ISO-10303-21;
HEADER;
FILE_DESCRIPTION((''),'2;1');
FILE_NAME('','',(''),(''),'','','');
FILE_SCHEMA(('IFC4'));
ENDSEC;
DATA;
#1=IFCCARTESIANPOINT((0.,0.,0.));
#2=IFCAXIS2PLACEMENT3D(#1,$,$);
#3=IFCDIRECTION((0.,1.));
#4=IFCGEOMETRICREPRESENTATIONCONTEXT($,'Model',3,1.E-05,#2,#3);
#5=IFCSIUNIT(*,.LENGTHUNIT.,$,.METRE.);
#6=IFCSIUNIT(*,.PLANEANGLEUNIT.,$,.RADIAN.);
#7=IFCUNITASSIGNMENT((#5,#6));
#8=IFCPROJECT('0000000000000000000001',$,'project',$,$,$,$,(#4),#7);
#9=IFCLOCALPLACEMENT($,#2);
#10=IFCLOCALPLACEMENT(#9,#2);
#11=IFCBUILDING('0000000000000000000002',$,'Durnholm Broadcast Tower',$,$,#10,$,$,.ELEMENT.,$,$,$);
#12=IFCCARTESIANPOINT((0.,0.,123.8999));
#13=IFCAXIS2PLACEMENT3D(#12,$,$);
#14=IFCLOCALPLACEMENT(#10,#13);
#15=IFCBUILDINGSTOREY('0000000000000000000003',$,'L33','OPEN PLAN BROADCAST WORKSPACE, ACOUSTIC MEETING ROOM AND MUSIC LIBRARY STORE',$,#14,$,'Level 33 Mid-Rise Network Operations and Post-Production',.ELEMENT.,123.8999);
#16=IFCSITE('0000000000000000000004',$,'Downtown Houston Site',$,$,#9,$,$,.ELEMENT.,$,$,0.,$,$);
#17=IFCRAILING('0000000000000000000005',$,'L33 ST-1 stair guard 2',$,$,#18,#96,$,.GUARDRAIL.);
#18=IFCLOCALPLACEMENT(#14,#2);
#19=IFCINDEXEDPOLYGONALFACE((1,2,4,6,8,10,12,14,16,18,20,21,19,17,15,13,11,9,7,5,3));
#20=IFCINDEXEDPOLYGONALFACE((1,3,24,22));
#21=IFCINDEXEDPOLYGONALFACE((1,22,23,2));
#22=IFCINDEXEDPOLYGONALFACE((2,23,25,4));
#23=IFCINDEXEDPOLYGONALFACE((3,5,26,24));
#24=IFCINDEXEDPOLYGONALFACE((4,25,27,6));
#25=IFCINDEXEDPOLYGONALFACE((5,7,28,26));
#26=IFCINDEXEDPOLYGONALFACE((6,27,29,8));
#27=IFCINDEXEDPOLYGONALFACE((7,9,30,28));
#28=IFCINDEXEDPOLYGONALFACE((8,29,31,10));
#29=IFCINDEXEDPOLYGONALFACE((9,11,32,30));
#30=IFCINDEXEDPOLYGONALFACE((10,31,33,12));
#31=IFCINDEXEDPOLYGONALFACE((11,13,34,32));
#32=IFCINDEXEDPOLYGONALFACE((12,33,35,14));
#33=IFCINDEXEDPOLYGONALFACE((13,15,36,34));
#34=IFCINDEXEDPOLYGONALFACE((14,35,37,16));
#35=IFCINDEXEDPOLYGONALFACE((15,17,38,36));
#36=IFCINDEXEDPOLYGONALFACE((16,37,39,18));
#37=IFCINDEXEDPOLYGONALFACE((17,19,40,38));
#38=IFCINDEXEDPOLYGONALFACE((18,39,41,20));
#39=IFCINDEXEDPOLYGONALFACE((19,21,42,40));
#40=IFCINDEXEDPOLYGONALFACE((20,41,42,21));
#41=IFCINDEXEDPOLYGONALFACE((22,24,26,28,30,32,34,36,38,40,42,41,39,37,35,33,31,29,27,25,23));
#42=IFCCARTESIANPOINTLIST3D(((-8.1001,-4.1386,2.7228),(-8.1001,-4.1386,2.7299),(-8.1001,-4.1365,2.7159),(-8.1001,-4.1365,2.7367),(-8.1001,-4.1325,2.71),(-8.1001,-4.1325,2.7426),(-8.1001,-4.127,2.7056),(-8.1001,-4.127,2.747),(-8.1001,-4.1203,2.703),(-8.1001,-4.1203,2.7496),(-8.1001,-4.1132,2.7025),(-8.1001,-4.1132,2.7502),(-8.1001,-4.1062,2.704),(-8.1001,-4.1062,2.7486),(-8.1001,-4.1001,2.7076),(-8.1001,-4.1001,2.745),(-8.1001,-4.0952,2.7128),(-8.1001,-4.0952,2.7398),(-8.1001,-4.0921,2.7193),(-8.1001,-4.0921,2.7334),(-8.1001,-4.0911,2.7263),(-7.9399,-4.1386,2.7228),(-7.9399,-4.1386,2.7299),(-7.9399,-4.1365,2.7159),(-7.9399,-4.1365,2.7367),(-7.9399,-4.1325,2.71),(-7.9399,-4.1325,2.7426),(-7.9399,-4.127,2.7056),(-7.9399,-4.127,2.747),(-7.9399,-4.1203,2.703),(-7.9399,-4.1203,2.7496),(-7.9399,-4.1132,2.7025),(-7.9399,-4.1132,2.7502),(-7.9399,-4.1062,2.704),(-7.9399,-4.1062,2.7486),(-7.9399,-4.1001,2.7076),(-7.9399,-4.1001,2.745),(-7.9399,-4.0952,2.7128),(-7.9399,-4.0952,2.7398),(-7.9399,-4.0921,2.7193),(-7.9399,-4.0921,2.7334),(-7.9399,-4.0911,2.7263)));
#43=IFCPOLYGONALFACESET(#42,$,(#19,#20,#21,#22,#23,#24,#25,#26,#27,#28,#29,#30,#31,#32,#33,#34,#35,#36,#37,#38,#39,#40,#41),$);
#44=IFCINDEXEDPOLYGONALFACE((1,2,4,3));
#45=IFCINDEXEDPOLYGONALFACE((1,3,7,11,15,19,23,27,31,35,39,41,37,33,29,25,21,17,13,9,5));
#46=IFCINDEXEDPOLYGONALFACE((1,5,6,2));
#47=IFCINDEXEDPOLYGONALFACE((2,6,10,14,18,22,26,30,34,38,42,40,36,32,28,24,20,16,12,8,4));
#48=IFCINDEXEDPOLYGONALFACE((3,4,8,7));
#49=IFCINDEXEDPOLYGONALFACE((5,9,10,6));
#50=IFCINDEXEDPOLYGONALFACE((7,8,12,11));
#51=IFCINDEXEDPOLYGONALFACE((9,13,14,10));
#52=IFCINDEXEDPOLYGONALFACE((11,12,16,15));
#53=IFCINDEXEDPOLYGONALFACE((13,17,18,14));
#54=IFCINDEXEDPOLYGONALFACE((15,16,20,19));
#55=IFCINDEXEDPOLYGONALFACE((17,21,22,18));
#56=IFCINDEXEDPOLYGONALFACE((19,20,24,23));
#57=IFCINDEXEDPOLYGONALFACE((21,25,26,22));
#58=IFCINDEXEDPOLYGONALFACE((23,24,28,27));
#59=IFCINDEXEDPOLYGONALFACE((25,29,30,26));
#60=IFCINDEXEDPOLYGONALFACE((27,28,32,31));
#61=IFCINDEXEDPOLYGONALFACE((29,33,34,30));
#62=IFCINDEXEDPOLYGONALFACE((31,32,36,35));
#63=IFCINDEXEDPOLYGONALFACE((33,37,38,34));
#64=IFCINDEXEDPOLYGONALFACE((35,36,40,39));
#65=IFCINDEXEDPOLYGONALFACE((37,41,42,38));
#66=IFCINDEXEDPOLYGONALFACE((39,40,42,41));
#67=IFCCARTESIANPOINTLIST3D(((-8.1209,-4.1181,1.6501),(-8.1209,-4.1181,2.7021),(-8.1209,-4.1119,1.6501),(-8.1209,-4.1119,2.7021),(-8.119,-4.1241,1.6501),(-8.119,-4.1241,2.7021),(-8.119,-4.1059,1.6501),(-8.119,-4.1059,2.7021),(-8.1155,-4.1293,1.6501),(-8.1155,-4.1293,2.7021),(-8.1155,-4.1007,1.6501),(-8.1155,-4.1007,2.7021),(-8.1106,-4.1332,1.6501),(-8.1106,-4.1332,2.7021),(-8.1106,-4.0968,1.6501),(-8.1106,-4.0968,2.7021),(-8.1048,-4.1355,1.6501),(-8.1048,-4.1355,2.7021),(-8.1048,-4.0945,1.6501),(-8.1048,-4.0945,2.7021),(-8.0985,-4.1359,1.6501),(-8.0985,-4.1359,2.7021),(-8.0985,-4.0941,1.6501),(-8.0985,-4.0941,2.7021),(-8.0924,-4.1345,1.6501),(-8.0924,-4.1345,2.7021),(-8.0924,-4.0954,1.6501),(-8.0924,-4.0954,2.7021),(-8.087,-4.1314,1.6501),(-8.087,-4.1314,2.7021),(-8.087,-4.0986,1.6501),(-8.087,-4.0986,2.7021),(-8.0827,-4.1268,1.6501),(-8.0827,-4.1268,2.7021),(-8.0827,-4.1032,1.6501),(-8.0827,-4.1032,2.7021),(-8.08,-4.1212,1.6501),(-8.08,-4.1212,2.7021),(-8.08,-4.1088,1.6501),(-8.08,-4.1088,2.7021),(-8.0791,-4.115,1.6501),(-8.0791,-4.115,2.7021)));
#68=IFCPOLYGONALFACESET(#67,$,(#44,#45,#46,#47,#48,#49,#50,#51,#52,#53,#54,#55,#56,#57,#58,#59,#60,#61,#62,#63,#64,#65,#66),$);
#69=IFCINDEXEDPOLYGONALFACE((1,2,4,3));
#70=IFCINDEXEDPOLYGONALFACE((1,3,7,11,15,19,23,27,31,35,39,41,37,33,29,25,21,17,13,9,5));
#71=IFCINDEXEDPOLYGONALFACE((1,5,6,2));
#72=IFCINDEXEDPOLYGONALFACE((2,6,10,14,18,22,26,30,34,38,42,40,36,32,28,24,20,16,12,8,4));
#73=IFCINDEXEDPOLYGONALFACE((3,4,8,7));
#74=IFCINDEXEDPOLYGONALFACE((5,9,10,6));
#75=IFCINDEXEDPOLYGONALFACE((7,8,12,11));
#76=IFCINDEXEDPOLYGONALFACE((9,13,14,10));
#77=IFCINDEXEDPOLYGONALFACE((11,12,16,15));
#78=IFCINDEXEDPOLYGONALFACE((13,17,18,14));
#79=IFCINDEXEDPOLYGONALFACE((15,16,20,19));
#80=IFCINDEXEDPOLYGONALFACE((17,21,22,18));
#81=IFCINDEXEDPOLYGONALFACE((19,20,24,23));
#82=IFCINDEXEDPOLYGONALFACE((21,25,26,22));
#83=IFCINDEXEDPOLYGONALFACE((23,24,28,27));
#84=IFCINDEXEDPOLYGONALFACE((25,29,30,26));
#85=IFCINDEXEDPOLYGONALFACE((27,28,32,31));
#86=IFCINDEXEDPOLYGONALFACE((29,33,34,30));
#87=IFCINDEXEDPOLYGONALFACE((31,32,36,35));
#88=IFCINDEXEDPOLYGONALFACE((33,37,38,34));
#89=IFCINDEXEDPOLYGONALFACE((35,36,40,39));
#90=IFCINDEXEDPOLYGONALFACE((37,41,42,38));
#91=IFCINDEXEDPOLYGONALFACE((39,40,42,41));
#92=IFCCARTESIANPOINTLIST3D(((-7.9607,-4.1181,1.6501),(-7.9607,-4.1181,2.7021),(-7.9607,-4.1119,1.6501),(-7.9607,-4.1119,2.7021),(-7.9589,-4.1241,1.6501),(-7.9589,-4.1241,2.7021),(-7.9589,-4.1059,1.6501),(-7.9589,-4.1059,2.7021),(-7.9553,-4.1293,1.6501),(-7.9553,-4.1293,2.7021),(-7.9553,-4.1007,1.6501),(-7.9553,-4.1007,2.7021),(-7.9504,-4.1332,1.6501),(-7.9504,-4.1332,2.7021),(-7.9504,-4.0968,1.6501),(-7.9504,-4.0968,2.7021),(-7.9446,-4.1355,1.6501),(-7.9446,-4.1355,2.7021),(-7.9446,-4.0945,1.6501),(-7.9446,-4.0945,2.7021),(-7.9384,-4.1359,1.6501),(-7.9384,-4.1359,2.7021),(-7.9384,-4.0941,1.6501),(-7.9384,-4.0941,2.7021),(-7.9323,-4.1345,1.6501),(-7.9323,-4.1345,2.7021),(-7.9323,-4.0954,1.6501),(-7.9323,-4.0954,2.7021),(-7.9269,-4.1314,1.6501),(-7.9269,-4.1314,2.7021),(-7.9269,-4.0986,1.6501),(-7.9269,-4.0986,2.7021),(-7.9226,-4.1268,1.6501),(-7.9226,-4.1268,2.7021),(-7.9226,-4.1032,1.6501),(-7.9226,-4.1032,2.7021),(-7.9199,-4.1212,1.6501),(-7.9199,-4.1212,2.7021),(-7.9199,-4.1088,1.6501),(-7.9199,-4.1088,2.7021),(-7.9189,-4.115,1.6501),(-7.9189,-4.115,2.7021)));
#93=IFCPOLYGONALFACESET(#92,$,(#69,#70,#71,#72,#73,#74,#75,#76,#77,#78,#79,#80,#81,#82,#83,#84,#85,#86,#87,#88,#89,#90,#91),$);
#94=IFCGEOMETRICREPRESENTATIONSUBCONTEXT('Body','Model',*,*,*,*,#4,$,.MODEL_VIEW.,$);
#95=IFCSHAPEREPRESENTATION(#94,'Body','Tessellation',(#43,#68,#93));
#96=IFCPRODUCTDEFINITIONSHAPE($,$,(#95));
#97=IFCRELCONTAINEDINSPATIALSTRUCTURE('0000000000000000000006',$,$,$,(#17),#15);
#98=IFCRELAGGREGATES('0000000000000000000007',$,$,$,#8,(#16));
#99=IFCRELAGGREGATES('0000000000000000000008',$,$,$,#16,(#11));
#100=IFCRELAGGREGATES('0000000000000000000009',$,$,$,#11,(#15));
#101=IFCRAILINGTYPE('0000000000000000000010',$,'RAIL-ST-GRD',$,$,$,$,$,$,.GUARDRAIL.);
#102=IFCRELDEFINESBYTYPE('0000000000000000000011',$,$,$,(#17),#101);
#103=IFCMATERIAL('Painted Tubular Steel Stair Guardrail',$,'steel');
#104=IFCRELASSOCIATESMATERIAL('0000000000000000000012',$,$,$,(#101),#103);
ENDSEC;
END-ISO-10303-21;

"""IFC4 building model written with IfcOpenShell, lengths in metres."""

from ifc_helpers import new_model, si_unit, direction, frame, origin, origin_2d, place, context, subcontext, project, spatial, circle, extrude, material, type_object, element, save


model = new_model("IFC4")

# Units and contexts
model_context = context("Model", 3, precision=1e-05, world=origin(), true_north=direction((0.0, 1.0)))
body_context = subcontext(model_context, "Body", "Model", "MODEL_VIEW")
ifc_project = project(units=[si_unit("LENGTHUNIT", "METRE"), si_unit("PLANEANGLEUNIT", "RADIAN")], contexts=[model_context])

# Site, building, storey
site_placement = place(None, origin())
site = spatial("IfcSite", under=ifc_project, at=site_placement, Name="Downtown Houston Site", CompositionType="ELEMENT", RefElevation=0.0)
building_placement = place(site_placement, origin())
building = spatial("IfcBuilding", under=site, at=building_placement, Name="Durnholm Broadcast Tower", CompositionType="ELEMENT")
storey_placement = place(building_placement, frame((0.0, 0.0, 123.8999)))
storey = spatial("IfcBuildingStorey", under=building, at=storey_placement, Name="L33", Description="OPEN PLAN BROADCAST WORKSPACE, ACOUSTIC MEETING ROOM AND MUSIC LIBRARY STORE", LongName="Level 33 Mid-Rise Network Operations and Post-Production", CompositionType="ELEMENT", Elevation=123.8999)

# Railing
ifc_material_1 = material(Name="Painted Tubular Steel Stair Guardrail", Category="steel")
railing_type_1 = type_object("IfcRailingType", Name="RAIL-ST-GRD", PredefinedType="GUARDRAIL", material=ifc_material_1)
railing_1_placement = place(storey_placement, frame((-8.1001, -4.115, 1.6501)))
element("IfcRailing", 1, at=railing_1_placement, inside=storey, type_object=railing_type_1, Name="L33 ST-1 stair guard 2", PredefinedType="GUARDRAIL", context=body_context, shape_type="SweptSolid", body=[
    extrude(circle(Radius=0.0239, at=origin_2d()), frame((0.0, 0.0, 1.0762), z_axis=(1.0, 0.0, 0.0), x_axis=(0.0, 1.0, 0.0)), (0.0, 0.0, 1.0), 0.1602),
    extrude(circle(Radius=0.021, at=origin_2d()), origin(), (0.0, 0.0, 1.0), 1.052),
    extrude(circle(Radius=0.021, at=origin_2d()), frame((0.1602, 0.0, 0.0)), (0.0, 0.0, 1.0), 1.052),
])

save(model, "model.ifc")
